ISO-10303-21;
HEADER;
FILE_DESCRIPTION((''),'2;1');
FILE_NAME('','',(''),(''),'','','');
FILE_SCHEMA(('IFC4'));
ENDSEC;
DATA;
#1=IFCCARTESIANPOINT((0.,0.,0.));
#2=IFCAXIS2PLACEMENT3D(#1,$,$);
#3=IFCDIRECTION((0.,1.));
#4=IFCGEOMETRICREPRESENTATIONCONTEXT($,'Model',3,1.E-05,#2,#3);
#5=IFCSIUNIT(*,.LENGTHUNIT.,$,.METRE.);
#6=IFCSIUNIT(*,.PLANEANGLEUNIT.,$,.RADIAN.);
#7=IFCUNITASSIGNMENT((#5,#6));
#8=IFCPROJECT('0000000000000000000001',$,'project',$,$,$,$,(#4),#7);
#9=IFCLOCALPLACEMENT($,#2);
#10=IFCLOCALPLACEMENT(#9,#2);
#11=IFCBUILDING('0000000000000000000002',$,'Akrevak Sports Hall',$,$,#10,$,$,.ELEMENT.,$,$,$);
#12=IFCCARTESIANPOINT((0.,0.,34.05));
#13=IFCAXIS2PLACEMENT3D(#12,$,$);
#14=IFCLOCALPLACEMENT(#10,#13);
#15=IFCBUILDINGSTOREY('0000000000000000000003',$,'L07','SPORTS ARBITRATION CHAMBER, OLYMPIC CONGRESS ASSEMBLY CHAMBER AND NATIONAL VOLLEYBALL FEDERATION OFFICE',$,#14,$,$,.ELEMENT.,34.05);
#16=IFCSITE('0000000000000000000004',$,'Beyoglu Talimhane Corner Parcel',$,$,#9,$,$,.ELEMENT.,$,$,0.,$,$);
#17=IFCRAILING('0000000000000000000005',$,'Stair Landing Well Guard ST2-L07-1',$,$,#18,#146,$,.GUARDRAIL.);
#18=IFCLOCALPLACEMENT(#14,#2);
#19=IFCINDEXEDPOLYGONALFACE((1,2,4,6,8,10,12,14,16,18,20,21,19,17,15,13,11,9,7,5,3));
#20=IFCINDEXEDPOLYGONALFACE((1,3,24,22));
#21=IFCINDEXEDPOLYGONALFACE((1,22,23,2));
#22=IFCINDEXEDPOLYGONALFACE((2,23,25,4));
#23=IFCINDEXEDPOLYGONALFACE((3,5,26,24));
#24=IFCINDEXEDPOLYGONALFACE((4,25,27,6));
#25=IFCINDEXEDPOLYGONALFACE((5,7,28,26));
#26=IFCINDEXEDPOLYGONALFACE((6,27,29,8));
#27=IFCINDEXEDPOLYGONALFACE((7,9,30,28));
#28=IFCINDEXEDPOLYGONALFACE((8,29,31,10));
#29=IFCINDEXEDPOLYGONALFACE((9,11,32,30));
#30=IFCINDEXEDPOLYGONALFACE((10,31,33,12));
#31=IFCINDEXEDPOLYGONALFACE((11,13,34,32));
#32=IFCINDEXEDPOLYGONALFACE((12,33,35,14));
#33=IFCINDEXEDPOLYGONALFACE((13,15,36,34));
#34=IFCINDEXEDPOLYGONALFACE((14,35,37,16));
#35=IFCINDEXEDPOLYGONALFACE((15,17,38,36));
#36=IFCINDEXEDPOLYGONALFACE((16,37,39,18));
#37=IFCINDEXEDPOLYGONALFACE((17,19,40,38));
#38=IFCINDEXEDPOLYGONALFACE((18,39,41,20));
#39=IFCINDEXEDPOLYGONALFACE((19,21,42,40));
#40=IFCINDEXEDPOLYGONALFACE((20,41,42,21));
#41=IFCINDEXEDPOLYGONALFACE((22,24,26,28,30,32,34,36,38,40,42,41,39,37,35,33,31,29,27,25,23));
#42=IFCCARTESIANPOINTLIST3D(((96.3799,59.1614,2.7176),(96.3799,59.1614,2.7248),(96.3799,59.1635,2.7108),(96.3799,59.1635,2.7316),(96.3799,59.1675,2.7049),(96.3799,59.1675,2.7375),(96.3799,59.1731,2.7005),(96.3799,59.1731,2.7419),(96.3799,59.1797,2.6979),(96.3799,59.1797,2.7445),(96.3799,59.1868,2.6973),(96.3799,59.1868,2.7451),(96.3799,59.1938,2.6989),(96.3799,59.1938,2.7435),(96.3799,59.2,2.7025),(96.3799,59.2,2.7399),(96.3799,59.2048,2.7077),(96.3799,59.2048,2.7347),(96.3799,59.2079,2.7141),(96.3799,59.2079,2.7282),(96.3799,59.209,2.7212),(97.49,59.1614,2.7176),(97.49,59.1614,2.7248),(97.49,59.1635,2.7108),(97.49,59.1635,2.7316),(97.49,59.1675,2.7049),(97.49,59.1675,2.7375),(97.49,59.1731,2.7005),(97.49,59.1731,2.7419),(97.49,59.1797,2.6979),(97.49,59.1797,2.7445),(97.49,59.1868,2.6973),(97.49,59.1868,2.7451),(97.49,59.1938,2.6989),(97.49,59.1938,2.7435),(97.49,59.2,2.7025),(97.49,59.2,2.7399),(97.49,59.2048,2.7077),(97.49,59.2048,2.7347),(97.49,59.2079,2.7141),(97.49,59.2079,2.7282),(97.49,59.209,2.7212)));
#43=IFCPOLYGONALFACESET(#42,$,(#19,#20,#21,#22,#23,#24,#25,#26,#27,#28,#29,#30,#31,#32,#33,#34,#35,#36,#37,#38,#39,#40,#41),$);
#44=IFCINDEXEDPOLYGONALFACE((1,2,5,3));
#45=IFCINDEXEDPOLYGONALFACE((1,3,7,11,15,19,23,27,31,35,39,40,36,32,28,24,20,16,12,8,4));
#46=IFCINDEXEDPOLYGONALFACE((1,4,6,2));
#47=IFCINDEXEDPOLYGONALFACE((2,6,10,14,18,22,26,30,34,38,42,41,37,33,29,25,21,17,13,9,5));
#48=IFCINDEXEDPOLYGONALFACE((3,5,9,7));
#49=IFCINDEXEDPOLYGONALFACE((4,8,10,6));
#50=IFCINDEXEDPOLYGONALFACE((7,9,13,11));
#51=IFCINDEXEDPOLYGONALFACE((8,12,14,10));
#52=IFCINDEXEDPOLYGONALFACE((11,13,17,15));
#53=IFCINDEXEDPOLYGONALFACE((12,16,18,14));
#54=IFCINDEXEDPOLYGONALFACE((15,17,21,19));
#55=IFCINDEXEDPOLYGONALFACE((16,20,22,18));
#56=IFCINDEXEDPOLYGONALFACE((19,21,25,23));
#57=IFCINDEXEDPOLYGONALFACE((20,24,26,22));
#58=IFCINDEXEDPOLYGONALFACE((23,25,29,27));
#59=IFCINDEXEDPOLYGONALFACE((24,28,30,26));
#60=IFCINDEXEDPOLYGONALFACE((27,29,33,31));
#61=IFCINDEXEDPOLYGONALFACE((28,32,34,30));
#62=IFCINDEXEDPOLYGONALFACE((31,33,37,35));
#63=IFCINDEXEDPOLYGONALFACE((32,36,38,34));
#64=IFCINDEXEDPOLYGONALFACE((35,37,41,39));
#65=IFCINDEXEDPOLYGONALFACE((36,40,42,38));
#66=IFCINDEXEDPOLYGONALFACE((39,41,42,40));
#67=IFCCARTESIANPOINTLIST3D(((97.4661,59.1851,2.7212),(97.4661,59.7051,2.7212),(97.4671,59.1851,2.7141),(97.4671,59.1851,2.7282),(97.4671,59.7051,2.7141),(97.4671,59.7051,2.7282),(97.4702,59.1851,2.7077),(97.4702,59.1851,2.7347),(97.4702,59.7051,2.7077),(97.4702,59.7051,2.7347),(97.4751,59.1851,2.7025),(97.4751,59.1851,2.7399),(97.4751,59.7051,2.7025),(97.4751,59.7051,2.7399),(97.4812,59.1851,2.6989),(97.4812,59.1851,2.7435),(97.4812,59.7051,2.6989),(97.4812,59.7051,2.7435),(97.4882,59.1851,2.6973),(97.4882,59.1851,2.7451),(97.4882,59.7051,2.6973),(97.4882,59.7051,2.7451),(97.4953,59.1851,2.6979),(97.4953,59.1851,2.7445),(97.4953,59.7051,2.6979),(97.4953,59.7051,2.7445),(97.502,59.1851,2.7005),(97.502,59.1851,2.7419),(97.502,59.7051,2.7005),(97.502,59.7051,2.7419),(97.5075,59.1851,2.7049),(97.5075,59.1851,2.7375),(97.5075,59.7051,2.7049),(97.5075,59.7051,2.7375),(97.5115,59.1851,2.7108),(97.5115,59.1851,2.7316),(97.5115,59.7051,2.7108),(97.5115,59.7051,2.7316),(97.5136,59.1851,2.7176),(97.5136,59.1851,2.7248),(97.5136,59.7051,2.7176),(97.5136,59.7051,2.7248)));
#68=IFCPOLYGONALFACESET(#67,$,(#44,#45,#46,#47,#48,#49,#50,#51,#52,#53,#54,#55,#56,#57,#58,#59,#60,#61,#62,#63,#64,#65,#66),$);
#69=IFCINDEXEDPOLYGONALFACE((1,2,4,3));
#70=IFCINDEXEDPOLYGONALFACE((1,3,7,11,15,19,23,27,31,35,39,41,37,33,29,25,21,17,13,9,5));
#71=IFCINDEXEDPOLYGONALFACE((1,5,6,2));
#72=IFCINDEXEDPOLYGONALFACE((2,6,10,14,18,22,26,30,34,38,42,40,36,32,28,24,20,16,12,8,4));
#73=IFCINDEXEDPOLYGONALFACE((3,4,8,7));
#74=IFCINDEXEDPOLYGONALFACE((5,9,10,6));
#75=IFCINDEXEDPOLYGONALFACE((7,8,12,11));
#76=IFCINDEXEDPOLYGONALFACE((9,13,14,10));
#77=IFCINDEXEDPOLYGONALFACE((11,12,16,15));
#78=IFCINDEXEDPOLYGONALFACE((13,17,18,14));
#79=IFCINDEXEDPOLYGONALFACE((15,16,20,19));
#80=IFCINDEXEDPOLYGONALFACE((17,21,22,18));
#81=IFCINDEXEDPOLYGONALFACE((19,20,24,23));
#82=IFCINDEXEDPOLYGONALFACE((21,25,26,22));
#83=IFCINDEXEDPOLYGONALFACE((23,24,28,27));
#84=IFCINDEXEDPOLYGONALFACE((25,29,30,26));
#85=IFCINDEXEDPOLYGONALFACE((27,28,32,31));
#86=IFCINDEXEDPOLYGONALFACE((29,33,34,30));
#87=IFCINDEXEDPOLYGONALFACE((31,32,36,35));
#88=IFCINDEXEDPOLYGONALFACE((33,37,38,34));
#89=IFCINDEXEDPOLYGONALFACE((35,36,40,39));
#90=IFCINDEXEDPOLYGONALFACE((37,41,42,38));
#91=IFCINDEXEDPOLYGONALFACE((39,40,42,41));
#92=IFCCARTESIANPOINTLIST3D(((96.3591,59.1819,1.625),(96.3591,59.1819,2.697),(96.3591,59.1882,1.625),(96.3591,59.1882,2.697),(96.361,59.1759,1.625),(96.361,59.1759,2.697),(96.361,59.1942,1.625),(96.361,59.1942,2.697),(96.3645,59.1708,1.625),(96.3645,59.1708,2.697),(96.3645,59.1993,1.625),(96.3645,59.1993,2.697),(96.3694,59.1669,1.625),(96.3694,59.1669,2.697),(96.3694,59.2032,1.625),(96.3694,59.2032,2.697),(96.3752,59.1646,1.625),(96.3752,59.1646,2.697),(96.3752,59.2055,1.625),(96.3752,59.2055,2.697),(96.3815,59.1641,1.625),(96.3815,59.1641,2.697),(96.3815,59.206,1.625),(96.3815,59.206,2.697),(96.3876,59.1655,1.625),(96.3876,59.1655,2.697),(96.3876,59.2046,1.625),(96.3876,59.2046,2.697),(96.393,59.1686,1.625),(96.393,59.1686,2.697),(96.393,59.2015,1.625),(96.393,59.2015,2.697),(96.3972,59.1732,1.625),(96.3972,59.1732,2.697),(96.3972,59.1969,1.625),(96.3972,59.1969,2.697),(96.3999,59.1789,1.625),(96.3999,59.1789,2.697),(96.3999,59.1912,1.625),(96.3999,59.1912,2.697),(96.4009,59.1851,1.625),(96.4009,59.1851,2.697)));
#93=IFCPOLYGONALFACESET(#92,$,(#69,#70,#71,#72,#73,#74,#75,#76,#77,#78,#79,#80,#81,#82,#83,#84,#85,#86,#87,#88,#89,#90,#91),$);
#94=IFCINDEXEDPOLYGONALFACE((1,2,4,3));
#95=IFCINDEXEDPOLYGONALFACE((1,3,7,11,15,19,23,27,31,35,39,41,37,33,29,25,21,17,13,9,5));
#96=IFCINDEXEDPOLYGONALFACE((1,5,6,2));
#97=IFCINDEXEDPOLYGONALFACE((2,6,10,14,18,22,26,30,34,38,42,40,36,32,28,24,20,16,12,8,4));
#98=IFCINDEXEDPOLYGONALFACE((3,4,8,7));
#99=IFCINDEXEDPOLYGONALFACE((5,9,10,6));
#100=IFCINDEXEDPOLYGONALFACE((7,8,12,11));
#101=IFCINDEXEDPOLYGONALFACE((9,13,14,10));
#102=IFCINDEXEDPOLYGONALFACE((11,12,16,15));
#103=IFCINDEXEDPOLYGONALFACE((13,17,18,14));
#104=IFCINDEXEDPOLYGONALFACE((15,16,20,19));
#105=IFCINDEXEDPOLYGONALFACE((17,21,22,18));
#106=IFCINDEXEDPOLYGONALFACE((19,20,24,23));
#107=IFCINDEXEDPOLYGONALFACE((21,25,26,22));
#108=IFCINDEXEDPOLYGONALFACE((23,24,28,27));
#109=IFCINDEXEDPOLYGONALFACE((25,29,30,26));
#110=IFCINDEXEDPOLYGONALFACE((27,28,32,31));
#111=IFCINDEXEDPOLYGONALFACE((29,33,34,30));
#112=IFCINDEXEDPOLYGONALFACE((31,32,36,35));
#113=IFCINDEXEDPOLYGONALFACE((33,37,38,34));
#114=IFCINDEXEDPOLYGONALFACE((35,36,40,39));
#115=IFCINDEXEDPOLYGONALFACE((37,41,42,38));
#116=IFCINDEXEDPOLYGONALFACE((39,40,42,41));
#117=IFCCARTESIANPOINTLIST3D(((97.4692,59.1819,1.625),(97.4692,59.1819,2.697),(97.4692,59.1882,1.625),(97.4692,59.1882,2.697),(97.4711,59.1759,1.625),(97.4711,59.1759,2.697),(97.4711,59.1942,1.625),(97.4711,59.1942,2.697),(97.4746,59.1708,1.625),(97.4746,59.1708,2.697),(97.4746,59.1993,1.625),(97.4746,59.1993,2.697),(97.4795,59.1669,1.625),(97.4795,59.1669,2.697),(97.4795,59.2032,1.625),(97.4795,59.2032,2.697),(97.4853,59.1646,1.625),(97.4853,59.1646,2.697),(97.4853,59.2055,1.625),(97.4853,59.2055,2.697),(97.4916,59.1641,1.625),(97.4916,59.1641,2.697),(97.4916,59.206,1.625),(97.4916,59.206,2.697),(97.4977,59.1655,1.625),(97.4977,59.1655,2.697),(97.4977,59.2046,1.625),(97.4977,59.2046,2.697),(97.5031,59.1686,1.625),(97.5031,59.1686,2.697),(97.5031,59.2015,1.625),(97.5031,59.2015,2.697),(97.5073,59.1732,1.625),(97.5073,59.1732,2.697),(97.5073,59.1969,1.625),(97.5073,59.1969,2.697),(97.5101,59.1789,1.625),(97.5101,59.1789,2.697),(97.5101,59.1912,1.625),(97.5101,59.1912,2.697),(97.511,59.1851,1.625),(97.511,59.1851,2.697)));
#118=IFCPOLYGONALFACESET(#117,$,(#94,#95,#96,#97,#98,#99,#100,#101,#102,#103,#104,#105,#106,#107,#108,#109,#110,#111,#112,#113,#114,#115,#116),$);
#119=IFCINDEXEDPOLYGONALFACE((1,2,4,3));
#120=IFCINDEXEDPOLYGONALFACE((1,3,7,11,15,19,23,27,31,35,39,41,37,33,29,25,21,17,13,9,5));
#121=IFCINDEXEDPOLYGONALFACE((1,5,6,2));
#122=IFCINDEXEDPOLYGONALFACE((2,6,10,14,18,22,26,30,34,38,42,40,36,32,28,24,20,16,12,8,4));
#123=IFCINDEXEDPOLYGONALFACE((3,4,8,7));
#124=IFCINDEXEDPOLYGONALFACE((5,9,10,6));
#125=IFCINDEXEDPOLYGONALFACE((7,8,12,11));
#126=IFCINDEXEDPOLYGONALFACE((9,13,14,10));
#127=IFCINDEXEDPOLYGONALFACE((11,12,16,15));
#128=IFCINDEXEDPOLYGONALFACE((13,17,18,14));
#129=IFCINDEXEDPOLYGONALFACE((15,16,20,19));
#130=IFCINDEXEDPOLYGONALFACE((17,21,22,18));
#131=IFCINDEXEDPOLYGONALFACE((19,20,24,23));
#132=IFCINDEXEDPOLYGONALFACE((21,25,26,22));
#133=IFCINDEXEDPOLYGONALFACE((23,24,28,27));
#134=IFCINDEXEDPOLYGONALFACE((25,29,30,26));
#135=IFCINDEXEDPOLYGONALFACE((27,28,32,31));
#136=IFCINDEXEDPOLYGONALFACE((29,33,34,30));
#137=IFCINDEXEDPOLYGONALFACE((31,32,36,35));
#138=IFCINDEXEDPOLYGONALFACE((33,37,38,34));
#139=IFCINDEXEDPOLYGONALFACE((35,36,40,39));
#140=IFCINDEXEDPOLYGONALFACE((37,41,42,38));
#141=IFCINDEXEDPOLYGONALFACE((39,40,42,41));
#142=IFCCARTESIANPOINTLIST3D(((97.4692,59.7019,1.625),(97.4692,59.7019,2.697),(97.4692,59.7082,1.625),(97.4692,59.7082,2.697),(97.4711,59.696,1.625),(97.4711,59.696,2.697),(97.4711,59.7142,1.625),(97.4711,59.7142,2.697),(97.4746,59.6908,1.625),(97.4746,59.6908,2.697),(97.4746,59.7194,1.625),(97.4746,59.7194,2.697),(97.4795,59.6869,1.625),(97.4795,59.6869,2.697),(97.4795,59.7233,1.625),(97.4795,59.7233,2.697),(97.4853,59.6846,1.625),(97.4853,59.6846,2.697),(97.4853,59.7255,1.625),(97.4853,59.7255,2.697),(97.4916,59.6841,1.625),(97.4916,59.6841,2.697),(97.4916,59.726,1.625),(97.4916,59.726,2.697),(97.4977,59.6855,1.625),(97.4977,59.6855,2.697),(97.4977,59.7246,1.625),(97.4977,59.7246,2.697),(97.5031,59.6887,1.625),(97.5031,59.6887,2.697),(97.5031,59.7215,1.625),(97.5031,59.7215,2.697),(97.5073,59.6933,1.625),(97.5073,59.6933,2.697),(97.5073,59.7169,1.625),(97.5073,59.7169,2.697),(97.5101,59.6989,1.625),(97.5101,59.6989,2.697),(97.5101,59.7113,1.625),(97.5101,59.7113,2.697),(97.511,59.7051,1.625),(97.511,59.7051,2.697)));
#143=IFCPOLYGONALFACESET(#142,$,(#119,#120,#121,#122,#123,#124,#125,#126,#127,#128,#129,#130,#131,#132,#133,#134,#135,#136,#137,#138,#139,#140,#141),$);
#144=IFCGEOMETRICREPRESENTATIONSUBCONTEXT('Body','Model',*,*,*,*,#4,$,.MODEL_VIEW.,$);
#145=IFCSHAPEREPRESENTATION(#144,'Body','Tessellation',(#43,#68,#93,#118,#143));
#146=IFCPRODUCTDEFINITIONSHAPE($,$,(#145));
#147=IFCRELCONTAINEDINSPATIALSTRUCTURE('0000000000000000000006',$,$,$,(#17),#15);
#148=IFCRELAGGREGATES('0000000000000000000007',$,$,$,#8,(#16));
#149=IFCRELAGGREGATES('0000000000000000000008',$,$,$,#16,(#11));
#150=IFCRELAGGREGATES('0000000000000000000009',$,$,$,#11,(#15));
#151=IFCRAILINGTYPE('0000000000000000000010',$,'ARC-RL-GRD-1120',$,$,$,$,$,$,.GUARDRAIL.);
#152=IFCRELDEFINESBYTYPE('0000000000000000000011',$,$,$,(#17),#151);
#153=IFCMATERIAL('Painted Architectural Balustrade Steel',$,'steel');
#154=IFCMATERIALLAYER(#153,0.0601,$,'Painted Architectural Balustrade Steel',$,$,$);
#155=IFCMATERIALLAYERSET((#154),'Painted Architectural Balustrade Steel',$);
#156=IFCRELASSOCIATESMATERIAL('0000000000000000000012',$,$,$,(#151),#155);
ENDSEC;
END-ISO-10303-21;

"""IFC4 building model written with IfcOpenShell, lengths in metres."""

from ifc_helpers import new_model, si_unit, direction, frame, origin, origin_2d, place, context, subcontext, project, spatial, circle, extrude, material, layer, layer_set, type_object, element, save


model = new_model("IFC4")

# Units and contexts
model_context = context("Model", 3, precision=1e-05, world=origin(), true_north=direction((0.0, 1.0)))
body_context = subcontext(model_context, "Body", "Model", "MODEL_VIEW")
ifc_project = project(units=[si_unit("LENGTHUNIT", "METRE"), si_unit("PLANEANGLEUNIT", "RADIAN")], contexts=[model_context])

# Site, building, storey
site_placement = place(None, origin())
site = spatial("IfcSite", under=ifc_project, at=site_placement, Name="Beyoglu Talimhane Corner Parcel", CompositionType="ELEMENT", RefElevation=0.0)
building_placement = place(site_placement, origin())
building = spatial("IfcBuilding", under=site, at=building_placement, Name="Akrevak Sports Hall", CompositionType="ELEMENT")
storey_placement = place(building_placement, frame((0.0, 0.0, 34.05)))
storey = spatial("IfcBuildingStorey", under=building, at=storey_placement, Name="L07", Description="SPORTS ARBITRATION CHAMBER, OLYMPIC CONGRESS ASSEMBLY CHAMBER AND NATIONAL VOLLEYBALL FEDERATION OFFICE", CompositionType="ELEMENT", Elevation=34.05)

# Railing
ifc_material_1 = material(Name="Painted Architectural Balustrade Steel", Category="steel")
ifc_layer_1 = layer(ifc_material_1, 0.0601, Name="Painted Architectural Balustrade Steel")
ifc_layer_set_1 = layer_set([ifc_layer_1], Name="Painted Architectural Balustrade Steel")
railing_type = type_object("IfcRailingType", Name="ARC-RL-GRD-1120", PredefinedType="GUARDRAIL", material=ifc_layer_set_1)
railing_placement = place(storey_placement, frame((96.3799, 59.1851, 1.625)))
element("IfcRailing", 1, at=railing_placement, inside=storey, type_object=railing_type, Name="Stair Landing Well Guard ST2-L07-1", PredefinedType="GUARDRAIL", context=body_context, shape_type="SweptSolid", body=[
    extrude(circle(Radius=0.0239, at=origin_2d()), frame((0.0, 0.0, 1.0962), z_axis=(1.0, 0.0, 0.0), x_axis=(0.0, 1.0, 0.0)), (0.0, 0.0, 1.0), 1.1101),
    extrude(circle(Radius=0.0239, at=origin_2d()), frame((1.1101, 0.0, 1.0962), z_axis=(0.0, 1.0, 0.0), x_axis=(-1.0, 0.0, 0.0)), (0.0, 0.0, 1.0), 0.52),
    extrude(circle(Radius=0.021, at=origin_2d()), origin(), (0.0, 0.0, 1.0), 1.072),
    extrude(circle(Radius=0.021, at=origin_2d()), frame((1.1101, 0.0, 0.0)), (0.0, 0.0, 1.0), 1.072),
    extrude(circle(Radius=0.021, at=origin_2d()), frame((1.1101, 0.52, 0.0)), (0.0, 0.0, 1.0), 1.072),
])

save(model, "model.ifc")
